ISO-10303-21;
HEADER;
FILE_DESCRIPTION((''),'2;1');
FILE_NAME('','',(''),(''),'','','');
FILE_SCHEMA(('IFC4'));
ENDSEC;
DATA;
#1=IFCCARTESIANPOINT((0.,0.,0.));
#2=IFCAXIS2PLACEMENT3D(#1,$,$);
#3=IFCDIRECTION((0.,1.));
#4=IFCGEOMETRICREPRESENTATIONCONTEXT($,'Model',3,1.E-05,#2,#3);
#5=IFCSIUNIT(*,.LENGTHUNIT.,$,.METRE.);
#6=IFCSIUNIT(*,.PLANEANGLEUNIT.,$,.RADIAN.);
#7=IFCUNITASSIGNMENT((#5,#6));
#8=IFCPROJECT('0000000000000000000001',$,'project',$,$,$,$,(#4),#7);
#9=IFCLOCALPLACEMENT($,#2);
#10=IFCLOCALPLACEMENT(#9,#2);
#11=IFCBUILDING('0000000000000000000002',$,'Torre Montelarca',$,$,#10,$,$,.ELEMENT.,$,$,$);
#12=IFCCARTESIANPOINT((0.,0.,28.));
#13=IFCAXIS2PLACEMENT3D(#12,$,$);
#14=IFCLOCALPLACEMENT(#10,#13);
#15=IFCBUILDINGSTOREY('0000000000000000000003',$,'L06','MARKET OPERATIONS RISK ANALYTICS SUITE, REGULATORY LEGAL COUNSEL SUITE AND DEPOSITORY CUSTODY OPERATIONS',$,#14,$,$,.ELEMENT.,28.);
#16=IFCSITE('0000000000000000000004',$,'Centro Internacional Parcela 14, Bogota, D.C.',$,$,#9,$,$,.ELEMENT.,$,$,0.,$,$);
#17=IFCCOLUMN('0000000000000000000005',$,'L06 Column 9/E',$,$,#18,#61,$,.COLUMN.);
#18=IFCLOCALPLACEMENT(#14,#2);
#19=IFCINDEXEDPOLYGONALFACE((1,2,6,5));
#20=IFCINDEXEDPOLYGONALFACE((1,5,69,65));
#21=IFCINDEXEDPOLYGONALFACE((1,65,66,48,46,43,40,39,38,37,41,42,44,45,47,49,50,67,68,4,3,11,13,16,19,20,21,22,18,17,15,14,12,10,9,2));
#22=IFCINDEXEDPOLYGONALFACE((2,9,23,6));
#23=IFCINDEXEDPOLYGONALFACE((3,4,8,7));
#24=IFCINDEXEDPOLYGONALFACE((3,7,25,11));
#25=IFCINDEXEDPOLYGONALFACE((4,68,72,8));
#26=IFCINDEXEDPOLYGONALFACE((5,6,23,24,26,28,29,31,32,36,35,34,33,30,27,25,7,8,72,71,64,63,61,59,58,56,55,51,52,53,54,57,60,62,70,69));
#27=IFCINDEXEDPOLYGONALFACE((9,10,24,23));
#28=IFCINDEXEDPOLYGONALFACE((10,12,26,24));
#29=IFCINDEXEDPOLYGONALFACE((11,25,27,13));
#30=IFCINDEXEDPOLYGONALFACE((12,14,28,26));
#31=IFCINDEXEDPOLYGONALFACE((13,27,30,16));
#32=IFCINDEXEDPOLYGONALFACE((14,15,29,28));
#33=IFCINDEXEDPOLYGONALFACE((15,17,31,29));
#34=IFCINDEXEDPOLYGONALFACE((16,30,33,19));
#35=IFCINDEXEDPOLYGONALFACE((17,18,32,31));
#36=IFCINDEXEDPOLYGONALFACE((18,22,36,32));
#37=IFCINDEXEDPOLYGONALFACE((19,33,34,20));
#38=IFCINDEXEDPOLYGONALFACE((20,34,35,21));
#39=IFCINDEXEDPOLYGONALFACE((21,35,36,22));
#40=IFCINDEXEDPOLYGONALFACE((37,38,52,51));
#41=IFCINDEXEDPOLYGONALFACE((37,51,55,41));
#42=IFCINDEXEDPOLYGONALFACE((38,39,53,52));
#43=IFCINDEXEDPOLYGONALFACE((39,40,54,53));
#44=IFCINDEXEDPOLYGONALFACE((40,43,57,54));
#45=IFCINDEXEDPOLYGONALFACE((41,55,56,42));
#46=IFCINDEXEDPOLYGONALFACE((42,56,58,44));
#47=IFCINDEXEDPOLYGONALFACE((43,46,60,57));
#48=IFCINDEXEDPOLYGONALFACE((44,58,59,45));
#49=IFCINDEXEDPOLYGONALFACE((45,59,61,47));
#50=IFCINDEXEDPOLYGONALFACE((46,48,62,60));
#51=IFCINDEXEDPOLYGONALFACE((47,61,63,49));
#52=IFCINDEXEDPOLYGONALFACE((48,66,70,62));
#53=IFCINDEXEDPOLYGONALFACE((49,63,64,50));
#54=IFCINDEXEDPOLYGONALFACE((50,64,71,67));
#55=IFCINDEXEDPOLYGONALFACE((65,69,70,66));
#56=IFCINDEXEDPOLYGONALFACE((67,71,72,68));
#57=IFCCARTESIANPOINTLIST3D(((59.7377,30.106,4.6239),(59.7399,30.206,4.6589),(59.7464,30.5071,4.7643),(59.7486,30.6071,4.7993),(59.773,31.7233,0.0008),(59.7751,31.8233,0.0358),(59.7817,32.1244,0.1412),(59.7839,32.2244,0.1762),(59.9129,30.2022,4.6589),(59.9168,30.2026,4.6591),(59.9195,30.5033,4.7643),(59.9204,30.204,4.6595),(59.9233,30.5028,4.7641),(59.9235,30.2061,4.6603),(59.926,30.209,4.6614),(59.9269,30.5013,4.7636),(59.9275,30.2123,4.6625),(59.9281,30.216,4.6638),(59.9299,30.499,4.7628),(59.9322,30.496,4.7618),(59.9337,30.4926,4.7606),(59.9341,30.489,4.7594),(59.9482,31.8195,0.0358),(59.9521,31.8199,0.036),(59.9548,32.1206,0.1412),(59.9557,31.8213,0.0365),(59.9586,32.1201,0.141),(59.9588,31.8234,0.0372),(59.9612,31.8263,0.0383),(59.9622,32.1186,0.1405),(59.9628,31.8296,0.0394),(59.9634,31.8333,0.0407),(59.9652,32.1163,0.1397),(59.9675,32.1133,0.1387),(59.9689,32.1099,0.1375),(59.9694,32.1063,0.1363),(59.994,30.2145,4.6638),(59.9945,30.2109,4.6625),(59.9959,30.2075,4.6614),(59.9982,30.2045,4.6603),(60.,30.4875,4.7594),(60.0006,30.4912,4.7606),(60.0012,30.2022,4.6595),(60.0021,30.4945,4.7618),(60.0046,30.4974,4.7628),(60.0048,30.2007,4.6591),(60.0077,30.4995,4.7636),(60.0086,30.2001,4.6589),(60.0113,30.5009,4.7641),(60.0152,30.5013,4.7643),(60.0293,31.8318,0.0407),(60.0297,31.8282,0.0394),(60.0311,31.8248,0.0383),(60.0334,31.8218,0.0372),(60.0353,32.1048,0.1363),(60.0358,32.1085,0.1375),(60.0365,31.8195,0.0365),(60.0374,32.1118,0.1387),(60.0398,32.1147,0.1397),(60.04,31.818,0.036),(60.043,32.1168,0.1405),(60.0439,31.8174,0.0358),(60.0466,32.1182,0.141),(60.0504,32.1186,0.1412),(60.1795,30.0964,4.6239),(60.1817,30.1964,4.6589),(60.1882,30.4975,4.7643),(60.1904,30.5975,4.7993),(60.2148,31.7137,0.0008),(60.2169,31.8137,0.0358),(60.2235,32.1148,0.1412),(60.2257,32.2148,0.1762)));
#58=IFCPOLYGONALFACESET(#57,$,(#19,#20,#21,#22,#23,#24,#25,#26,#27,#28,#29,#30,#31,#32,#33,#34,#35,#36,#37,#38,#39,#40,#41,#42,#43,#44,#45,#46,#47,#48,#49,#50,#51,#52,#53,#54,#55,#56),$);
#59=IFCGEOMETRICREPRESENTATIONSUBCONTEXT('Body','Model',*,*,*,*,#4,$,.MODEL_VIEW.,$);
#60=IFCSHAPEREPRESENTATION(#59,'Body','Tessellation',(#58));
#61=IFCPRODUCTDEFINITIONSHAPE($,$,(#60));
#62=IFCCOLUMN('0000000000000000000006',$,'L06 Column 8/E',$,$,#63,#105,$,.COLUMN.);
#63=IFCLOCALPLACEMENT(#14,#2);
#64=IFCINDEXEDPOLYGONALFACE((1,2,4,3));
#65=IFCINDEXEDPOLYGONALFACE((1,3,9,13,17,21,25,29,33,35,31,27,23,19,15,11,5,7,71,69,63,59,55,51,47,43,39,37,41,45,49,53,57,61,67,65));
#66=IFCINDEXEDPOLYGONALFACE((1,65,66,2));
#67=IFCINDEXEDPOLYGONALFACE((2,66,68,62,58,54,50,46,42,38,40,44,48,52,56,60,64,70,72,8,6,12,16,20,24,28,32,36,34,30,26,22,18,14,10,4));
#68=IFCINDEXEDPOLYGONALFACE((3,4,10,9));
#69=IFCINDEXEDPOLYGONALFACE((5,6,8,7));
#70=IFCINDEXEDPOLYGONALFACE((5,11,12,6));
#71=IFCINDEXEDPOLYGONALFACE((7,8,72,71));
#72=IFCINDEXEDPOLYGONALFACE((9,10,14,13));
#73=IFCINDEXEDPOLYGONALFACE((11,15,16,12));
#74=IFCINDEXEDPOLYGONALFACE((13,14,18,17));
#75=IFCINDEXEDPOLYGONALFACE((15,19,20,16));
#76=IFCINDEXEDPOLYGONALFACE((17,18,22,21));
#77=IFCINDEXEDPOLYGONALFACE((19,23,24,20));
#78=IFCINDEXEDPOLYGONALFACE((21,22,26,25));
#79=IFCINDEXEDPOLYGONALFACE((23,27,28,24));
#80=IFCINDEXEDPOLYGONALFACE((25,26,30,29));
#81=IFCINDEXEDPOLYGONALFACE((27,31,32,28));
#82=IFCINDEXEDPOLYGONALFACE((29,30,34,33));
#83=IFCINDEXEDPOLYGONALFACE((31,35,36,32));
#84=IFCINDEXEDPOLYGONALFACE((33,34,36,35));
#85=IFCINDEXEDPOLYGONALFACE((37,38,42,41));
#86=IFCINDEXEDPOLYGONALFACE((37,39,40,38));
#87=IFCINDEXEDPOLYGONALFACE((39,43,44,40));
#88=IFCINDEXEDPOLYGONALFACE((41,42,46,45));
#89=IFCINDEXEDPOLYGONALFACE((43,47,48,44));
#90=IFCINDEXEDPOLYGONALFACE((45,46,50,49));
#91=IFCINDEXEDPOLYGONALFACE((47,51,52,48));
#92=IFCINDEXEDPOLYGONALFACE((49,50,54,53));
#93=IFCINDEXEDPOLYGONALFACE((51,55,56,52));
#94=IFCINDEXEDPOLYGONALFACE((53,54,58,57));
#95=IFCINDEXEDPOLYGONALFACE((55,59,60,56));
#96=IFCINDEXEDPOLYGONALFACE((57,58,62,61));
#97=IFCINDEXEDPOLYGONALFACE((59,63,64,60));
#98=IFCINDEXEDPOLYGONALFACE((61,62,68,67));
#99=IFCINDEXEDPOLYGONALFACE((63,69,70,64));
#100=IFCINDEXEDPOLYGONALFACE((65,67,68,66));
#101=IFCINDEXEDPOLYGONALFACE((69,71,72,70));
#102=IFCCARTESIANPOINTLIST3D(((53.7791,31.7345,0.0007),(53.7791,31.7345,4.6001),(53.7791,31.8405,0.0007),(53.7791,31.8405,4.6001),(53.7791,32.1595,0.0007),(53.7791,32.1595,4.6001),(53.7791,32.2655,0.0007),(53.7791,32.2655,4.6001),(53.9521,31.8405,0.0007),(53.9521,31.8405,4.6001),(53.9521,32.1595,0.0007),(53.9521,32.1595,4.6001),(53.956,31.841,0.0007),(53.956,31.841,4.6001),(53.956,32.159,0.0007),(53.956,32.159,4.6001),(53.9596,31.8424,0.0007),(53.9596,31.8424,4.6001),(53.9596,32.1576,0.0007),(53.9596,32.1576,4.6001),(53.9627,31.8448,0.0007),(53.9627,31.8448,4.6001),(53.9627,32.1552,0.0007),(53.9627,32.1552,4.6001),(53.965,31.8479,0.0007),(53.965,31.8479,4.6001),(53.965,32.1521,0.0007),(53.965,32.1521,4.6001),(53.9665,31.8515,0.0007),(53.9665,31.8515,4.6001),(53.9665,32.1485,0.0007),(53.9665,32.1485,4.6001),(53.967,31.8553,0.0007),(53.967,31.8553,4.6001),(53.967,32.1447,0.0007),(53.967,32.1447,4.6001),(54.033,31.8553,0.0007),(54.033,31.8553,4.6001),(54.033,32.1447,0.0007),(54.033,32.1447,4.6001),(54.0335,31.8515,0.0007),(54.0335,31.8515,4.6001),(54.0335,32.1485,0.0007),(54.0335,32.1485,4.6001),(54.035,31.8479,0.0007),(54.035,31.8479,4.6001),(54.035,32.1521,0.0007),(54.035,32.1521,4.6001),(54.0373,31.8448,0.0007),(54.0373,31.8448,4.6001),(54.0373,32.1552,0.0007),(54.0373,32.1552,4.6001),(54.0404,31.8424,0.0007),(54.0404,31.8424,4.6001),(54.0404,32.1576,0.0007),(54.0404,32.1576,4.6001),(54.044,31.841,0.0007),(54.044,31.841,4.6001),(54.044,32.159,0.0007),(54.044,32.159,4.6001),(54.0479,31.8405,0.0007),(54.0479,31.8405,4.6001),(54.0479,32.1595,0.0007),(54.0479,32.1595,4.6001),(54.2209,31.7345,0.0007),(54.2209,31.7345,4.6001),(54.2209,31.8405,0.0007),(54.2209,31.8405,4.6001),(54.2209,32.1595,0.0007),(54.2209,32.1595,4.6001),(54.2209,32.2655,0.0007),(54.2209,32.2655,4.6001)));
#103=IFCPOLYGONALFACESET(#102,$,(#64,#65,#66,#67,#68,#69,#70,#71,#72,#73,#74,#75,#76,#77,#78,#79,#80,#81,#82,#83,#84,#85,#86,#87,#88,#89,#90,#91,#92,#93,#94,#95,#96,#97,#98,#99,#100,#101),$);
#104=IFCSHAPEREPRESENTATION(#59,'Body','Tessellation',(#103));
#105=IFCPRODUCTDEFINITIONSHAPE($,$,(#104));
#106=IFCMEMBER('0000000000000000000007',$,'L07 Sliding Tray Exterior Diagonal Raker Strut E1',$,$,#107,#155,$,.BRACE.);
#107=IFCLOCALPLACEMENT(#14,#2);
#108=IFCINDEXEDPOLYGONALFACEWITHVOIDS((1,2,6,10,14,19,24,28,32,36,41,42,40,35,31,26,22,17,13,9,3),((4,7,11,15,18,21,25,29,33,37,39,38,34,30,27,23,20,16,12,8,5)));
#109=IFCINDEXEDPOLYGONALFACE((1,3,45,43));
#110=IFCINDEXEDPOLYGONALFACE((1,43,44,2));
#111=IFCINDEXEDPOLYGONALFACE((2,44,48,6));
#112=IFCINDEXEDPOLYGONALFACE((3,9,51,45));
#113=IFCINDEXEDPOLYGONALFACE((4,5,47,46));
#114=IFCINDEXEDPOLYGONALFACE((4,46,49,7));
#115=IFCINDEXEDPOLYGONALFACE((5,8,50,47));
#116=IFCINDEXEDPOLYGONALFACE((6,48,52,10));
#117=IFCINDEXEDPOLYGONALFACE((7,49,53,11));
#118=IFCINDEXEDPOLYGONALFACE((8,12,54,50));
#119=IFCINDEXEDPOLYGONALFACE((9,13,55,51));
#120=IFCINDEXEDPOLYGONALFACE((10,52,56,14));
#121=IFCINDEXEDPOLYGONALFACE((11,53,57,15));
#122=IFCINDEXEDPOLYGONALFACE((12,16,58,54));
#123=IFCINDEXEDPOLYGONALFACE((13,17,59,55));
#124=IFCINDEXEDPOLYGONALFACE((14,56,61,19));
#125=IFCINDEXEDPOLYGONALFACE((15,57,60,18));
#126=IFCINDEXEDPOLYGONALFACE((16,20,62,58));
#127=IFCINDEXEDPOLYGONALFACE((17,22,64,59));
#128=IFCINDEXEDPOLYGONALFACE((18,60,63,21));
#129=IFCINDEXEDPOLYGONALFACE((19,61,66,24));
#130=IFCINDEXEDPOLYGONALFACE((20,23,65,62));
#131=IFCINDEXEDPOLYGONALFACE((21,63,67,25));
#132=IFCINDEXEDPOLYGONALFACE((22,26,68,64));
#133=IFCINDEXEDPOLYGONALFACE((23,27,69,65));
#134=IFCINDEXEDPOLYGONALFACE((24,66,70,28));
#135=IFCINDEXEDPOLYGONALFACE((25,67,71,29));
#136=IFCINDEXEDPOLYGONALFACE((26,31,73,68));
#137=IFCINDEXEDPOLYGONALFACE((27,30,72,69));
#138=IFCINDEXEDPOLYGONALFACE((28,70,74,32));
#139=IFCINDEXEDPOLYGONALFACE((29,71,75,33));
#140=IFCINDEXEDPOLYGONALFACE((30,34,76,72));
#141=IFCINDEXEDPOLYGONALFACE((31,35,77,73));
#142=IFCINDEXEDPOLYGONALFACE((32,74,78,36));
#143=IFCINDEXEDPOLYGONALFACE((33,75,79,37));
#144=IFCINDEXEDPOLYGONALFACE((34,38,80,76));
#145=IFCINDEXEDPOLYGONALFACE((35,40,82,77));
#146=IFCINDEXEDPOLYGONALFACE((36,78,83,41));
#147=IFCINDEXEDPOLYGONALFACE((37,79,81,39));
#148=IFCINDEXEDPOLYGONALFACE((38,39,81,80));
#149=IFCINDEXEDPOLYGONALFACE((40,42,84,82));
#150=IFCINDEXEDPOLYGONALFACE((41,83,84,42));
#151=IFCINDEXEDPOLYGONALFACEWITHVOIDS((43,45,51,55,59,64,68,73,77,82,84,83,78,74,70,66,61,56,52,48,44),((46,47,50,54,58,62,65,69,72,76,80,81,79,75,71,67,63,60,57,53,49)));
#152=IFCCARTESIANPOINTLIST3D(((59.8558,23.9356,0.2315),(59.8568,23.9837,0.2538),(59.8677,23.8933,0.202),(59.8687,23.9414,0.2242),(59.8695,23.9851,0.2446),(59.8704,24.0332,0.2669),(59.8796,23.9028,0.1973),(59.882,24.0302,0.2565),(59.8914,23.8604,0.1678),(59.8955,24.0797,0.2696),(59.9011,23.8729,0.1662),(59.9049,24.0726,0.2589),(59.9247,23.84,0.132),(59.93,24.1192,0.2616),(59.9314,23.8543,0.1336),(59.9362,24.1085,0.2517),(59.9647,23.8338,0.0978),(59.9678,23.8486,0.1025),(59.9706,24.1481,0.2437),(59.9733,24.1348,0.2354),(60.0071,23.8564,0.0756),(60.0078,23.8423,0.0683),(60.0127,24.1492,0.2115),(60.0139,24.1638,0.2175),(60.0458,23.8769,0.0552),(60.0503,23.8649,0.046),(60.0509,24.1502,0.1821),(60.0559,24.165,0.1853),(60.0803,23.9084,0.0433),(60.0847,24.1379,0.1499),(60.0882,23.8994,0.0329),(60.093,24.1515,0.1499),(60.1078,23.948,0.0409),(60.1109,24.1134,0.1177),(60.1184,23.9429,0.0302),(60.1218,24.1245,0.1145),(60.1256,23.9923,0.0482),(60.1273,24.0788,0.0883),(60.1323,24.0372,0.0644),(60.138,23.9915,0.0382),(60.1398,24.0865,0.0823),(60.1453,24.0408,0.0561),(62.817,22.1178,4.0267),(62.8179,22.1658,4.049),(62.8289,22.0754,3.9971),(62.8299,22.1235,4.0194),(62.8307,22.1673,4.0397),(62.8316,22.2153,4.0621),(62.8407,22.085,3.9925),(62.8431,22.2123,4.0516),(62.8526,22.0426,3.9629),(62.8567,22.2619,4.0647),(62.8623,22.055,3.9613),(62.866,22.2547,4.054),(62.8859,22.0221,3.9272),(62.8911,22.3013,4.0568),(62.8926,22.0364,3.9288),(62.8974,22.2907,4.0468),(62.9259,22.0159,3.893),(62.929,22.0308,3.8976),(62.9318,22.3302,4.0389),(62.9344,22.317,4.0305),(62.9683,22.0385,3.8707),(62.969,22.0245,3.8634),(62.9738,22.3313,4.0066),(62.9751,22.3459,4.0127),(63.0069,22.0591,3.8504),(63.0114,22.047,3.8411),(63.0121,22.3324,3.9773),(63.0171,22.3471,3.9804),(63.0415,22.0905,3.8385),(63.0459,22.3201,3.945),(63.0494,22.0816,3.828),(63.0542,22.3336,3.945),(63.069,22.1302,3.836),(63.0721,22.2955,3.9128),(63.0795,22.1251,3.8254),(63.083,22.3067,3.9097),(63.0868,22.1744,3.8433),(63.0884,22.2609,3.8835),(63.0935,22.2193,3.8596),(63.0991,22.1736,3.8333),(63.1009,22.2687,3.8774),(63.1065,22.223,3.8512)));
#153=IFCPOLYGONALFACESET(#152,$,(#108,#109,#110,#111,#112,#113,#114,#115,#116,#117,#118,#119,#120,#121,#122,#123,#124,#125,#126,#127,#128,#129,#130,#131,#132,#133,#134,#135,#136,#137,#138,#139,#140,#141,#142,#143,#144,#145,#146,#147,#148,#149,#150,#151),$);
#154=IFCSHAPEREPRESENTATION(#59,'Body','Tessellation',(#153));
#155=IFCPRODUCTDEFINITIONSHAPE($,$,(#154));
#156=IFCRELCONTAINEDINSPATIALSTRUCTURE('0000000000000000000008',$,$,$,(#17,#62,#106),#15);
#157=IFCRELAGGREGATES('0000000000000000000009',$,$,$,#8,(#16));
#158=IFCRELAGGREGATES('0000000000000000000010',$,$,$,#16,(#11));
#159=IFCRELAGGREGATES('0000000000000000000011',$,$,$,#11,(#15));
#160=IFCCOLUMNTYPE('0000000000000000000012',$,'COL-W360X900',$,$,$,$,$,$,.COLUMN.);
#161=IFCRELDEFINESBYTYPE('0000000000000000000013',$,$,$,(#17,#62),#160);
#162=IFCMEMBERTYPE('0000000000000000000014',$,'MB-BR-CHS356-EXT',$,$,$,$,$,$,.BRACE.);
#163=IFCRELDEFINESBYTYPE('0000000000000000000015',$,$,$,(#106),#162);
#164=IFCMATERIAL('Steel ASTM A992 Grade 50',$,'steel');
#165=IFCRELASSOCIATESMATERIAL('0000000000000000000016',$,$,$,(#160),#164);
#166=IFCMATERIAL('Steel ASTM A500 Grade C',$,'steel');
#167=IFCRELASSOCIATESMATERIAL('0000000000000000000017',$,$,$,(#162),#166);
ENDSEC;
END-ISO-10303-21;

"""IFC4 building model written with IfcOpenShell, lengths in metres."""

from ifc_helpers import new_model, si_unit, direction, frame, origin, origin_2d, place, context, subcontext, project, spatial, hollow_circle, i_section, extrude, clip, halfspace, source, transform, mapped, material, material_profile, profile_set, type_object, element, save


model = new_model("IFC4")

# Units and contexts
model_context = context("Model", 3, precision=1e-05, world=origin(), true_north=direction((0.0, 1.0)))
body_context = subcontext(model_context, "Body", "Model", "MODEL_VIEW")
ifc_project = project(units=[si_unit("LENGTHUNIT", "METRE"), si_unit("PLANEANGLEUNIT", "RADIAN")], contexts=[model_context])

# Site, building, storey
site_placement = place(None, origin())
site = spatial("IfcSite", under=ifc_project, at=site_placement, Name="Centro Internacional Parcela 14, Bogota, D.C.", CompositionType="ELEMENT", RefElevation=0.0)
building_placement = place(site_placement, origin())
building = spatial("IfcBuilding", under=site, at=building_placement, Name="Torre Montelarca", CompositionType="ELEMENT")
storey_placement = place(building_placement, frame((0.0, 0.0, 28.0)))
storey = spatial("IfcBuildingStorey", under=building, at=storey_placement, Name="L06", Description="MARKET OPERATIONS RISK ANALYTICS SUITE, REGULATORY LEGAL COUNSEL SUITE AND DEPOSITORY CUSTODY OPERATIONS", CompositionType="ELEMENT", Elevation=28.0)

# Columns
ifc_material_1 = material(Name="Steel ASTM A992 Grade 50", Category="steel")
ifc_material_profile_1 = material_profile(ifc_material_1, i_section(OverallWidth=0.4419, OverallDepth=0.531, WebThickness=0.0659, FlangeThickness=0.106, FilletRadius=0.0149, at=origin_2d()), Name="W360X900", Category="steel")
ifc_profile_set_1 = profile_set([ifc_material_profile_1], Name="Steel ASTM A992 Grade 50")
column_type_1 = type_object("IfcColumnType", Name="COL-W360X900", PredefinedType="COLUMN", material=ifc_profile_set_1)
column_1_placement = place(storey_placement, frame((60.0, 32.0, 0.0), z_axis=(-0.007201, -0.330199, 0.943884), x_axis=(0.999762, -0.021803, 0.0)))
element("IfcColumn", 1, at=column_1_placement, inside=storey, type_object=column_type_1, Name="L06 Column 9/E", PredefinedType="COLUMN", context=body_context, shape_type="Clipping", body=[
    clip(clip(extrude(i_section(OverallWidth=0.4419, OverallDepth=0.531, WebThickness=0.0659, FlangeThickness=0.106, FilletRadius=0.0149, at=origin_2d()), origin(), (0.0, 0.0, 1.0), 5.0854), halfspace(frame((0.0, 0.0, 0.0938), z_axis=(0.0, 0.0, -1.0), x_axis=(1.0, 0.0, 0.0)), False)), halfspace(frame((0.0, 0.0, 4.9917), z_axis=(0.0, 0.0, 1.0), x_axis=(1.0, 0.0, 0.0)), False)),
])
shared_shape_1 = source(origin(), body_context, "Body", "SweptSolid", [
    extrude(i_section(OverallWidth=0.4419, OverallDepth=0.531, WebThickness=0.0659, FlangeThickness=0.106, FilletRadius=0.0149, at=origin_2d()), origin(), (0.0, 0.0, 1.0), 4.5994),
])
column_2_placement = place(storey_placement, frame((54.0, 32.0, 0.0007), z_axis=(0.0, 0.0, 1.0), x_axis=(1.0, 0.0, 0.0)))
element("IfcColumn", 2, at=column_2_placement, inside=storey, type_object=column_type_1, Name="L06 Column 8/E", PredefinedType="COLUMN", context=body_context, shape_type="MappedRepresentation", body=[
    mapped(shared_shape_1, transform((0.0, 0.0, 0.0), scale=1.0)),
])

# Member
ifc_material_2 = material(Name="Steel ASTM A500 Grade C", Category="steel")
ifc_material_profile_2 = material_profile(ifc_material_2, hollow_circle(Radius=0.1777, WallThickness=0.0159, at=origin_2d()), Name="HSS355.6X15.9", Category="steel")
ifc_profile_set_2 = profile_set([ifc_material_profile_2], Name="Steel ASTM A500 Grade C")
member_type = type_object("IfcMemberType", Name="MB-BR-CHS356-EXT", PredefinedType="BRACE", material=ifc_profile_set_2)
shared_shape_2 = source(origin(), body_context, "Body", "SweptSolid", [
    extrude(hollow_circle(Radius=0.1777, WallThickness=0.0159, at=origin_2d()), origin(), (0.0, 0.0, 1.0), 5.1455),
])
member_1_placement = place(storey_placement, frame((60.0, 24.0, 0.1499), z_axis=(0.575486, -0.353291, 0.737565), x_axis=(0.52318, 0.852222, 0.0)))
element("IfcMember", 3, at=member_1_placement, inside=storey, type_object=member_type, Name="L07 Sliding Tray Exterior Diagonal Raker Strut E1", PredefinedType="BRACE", context=body_context, shape_type="MappedRepresentation", body=[
    mapped(shared_shape_2, transform((0.0, 0.0, 0.0), scale=1.0)),
])

save(model, "model.ifc")
